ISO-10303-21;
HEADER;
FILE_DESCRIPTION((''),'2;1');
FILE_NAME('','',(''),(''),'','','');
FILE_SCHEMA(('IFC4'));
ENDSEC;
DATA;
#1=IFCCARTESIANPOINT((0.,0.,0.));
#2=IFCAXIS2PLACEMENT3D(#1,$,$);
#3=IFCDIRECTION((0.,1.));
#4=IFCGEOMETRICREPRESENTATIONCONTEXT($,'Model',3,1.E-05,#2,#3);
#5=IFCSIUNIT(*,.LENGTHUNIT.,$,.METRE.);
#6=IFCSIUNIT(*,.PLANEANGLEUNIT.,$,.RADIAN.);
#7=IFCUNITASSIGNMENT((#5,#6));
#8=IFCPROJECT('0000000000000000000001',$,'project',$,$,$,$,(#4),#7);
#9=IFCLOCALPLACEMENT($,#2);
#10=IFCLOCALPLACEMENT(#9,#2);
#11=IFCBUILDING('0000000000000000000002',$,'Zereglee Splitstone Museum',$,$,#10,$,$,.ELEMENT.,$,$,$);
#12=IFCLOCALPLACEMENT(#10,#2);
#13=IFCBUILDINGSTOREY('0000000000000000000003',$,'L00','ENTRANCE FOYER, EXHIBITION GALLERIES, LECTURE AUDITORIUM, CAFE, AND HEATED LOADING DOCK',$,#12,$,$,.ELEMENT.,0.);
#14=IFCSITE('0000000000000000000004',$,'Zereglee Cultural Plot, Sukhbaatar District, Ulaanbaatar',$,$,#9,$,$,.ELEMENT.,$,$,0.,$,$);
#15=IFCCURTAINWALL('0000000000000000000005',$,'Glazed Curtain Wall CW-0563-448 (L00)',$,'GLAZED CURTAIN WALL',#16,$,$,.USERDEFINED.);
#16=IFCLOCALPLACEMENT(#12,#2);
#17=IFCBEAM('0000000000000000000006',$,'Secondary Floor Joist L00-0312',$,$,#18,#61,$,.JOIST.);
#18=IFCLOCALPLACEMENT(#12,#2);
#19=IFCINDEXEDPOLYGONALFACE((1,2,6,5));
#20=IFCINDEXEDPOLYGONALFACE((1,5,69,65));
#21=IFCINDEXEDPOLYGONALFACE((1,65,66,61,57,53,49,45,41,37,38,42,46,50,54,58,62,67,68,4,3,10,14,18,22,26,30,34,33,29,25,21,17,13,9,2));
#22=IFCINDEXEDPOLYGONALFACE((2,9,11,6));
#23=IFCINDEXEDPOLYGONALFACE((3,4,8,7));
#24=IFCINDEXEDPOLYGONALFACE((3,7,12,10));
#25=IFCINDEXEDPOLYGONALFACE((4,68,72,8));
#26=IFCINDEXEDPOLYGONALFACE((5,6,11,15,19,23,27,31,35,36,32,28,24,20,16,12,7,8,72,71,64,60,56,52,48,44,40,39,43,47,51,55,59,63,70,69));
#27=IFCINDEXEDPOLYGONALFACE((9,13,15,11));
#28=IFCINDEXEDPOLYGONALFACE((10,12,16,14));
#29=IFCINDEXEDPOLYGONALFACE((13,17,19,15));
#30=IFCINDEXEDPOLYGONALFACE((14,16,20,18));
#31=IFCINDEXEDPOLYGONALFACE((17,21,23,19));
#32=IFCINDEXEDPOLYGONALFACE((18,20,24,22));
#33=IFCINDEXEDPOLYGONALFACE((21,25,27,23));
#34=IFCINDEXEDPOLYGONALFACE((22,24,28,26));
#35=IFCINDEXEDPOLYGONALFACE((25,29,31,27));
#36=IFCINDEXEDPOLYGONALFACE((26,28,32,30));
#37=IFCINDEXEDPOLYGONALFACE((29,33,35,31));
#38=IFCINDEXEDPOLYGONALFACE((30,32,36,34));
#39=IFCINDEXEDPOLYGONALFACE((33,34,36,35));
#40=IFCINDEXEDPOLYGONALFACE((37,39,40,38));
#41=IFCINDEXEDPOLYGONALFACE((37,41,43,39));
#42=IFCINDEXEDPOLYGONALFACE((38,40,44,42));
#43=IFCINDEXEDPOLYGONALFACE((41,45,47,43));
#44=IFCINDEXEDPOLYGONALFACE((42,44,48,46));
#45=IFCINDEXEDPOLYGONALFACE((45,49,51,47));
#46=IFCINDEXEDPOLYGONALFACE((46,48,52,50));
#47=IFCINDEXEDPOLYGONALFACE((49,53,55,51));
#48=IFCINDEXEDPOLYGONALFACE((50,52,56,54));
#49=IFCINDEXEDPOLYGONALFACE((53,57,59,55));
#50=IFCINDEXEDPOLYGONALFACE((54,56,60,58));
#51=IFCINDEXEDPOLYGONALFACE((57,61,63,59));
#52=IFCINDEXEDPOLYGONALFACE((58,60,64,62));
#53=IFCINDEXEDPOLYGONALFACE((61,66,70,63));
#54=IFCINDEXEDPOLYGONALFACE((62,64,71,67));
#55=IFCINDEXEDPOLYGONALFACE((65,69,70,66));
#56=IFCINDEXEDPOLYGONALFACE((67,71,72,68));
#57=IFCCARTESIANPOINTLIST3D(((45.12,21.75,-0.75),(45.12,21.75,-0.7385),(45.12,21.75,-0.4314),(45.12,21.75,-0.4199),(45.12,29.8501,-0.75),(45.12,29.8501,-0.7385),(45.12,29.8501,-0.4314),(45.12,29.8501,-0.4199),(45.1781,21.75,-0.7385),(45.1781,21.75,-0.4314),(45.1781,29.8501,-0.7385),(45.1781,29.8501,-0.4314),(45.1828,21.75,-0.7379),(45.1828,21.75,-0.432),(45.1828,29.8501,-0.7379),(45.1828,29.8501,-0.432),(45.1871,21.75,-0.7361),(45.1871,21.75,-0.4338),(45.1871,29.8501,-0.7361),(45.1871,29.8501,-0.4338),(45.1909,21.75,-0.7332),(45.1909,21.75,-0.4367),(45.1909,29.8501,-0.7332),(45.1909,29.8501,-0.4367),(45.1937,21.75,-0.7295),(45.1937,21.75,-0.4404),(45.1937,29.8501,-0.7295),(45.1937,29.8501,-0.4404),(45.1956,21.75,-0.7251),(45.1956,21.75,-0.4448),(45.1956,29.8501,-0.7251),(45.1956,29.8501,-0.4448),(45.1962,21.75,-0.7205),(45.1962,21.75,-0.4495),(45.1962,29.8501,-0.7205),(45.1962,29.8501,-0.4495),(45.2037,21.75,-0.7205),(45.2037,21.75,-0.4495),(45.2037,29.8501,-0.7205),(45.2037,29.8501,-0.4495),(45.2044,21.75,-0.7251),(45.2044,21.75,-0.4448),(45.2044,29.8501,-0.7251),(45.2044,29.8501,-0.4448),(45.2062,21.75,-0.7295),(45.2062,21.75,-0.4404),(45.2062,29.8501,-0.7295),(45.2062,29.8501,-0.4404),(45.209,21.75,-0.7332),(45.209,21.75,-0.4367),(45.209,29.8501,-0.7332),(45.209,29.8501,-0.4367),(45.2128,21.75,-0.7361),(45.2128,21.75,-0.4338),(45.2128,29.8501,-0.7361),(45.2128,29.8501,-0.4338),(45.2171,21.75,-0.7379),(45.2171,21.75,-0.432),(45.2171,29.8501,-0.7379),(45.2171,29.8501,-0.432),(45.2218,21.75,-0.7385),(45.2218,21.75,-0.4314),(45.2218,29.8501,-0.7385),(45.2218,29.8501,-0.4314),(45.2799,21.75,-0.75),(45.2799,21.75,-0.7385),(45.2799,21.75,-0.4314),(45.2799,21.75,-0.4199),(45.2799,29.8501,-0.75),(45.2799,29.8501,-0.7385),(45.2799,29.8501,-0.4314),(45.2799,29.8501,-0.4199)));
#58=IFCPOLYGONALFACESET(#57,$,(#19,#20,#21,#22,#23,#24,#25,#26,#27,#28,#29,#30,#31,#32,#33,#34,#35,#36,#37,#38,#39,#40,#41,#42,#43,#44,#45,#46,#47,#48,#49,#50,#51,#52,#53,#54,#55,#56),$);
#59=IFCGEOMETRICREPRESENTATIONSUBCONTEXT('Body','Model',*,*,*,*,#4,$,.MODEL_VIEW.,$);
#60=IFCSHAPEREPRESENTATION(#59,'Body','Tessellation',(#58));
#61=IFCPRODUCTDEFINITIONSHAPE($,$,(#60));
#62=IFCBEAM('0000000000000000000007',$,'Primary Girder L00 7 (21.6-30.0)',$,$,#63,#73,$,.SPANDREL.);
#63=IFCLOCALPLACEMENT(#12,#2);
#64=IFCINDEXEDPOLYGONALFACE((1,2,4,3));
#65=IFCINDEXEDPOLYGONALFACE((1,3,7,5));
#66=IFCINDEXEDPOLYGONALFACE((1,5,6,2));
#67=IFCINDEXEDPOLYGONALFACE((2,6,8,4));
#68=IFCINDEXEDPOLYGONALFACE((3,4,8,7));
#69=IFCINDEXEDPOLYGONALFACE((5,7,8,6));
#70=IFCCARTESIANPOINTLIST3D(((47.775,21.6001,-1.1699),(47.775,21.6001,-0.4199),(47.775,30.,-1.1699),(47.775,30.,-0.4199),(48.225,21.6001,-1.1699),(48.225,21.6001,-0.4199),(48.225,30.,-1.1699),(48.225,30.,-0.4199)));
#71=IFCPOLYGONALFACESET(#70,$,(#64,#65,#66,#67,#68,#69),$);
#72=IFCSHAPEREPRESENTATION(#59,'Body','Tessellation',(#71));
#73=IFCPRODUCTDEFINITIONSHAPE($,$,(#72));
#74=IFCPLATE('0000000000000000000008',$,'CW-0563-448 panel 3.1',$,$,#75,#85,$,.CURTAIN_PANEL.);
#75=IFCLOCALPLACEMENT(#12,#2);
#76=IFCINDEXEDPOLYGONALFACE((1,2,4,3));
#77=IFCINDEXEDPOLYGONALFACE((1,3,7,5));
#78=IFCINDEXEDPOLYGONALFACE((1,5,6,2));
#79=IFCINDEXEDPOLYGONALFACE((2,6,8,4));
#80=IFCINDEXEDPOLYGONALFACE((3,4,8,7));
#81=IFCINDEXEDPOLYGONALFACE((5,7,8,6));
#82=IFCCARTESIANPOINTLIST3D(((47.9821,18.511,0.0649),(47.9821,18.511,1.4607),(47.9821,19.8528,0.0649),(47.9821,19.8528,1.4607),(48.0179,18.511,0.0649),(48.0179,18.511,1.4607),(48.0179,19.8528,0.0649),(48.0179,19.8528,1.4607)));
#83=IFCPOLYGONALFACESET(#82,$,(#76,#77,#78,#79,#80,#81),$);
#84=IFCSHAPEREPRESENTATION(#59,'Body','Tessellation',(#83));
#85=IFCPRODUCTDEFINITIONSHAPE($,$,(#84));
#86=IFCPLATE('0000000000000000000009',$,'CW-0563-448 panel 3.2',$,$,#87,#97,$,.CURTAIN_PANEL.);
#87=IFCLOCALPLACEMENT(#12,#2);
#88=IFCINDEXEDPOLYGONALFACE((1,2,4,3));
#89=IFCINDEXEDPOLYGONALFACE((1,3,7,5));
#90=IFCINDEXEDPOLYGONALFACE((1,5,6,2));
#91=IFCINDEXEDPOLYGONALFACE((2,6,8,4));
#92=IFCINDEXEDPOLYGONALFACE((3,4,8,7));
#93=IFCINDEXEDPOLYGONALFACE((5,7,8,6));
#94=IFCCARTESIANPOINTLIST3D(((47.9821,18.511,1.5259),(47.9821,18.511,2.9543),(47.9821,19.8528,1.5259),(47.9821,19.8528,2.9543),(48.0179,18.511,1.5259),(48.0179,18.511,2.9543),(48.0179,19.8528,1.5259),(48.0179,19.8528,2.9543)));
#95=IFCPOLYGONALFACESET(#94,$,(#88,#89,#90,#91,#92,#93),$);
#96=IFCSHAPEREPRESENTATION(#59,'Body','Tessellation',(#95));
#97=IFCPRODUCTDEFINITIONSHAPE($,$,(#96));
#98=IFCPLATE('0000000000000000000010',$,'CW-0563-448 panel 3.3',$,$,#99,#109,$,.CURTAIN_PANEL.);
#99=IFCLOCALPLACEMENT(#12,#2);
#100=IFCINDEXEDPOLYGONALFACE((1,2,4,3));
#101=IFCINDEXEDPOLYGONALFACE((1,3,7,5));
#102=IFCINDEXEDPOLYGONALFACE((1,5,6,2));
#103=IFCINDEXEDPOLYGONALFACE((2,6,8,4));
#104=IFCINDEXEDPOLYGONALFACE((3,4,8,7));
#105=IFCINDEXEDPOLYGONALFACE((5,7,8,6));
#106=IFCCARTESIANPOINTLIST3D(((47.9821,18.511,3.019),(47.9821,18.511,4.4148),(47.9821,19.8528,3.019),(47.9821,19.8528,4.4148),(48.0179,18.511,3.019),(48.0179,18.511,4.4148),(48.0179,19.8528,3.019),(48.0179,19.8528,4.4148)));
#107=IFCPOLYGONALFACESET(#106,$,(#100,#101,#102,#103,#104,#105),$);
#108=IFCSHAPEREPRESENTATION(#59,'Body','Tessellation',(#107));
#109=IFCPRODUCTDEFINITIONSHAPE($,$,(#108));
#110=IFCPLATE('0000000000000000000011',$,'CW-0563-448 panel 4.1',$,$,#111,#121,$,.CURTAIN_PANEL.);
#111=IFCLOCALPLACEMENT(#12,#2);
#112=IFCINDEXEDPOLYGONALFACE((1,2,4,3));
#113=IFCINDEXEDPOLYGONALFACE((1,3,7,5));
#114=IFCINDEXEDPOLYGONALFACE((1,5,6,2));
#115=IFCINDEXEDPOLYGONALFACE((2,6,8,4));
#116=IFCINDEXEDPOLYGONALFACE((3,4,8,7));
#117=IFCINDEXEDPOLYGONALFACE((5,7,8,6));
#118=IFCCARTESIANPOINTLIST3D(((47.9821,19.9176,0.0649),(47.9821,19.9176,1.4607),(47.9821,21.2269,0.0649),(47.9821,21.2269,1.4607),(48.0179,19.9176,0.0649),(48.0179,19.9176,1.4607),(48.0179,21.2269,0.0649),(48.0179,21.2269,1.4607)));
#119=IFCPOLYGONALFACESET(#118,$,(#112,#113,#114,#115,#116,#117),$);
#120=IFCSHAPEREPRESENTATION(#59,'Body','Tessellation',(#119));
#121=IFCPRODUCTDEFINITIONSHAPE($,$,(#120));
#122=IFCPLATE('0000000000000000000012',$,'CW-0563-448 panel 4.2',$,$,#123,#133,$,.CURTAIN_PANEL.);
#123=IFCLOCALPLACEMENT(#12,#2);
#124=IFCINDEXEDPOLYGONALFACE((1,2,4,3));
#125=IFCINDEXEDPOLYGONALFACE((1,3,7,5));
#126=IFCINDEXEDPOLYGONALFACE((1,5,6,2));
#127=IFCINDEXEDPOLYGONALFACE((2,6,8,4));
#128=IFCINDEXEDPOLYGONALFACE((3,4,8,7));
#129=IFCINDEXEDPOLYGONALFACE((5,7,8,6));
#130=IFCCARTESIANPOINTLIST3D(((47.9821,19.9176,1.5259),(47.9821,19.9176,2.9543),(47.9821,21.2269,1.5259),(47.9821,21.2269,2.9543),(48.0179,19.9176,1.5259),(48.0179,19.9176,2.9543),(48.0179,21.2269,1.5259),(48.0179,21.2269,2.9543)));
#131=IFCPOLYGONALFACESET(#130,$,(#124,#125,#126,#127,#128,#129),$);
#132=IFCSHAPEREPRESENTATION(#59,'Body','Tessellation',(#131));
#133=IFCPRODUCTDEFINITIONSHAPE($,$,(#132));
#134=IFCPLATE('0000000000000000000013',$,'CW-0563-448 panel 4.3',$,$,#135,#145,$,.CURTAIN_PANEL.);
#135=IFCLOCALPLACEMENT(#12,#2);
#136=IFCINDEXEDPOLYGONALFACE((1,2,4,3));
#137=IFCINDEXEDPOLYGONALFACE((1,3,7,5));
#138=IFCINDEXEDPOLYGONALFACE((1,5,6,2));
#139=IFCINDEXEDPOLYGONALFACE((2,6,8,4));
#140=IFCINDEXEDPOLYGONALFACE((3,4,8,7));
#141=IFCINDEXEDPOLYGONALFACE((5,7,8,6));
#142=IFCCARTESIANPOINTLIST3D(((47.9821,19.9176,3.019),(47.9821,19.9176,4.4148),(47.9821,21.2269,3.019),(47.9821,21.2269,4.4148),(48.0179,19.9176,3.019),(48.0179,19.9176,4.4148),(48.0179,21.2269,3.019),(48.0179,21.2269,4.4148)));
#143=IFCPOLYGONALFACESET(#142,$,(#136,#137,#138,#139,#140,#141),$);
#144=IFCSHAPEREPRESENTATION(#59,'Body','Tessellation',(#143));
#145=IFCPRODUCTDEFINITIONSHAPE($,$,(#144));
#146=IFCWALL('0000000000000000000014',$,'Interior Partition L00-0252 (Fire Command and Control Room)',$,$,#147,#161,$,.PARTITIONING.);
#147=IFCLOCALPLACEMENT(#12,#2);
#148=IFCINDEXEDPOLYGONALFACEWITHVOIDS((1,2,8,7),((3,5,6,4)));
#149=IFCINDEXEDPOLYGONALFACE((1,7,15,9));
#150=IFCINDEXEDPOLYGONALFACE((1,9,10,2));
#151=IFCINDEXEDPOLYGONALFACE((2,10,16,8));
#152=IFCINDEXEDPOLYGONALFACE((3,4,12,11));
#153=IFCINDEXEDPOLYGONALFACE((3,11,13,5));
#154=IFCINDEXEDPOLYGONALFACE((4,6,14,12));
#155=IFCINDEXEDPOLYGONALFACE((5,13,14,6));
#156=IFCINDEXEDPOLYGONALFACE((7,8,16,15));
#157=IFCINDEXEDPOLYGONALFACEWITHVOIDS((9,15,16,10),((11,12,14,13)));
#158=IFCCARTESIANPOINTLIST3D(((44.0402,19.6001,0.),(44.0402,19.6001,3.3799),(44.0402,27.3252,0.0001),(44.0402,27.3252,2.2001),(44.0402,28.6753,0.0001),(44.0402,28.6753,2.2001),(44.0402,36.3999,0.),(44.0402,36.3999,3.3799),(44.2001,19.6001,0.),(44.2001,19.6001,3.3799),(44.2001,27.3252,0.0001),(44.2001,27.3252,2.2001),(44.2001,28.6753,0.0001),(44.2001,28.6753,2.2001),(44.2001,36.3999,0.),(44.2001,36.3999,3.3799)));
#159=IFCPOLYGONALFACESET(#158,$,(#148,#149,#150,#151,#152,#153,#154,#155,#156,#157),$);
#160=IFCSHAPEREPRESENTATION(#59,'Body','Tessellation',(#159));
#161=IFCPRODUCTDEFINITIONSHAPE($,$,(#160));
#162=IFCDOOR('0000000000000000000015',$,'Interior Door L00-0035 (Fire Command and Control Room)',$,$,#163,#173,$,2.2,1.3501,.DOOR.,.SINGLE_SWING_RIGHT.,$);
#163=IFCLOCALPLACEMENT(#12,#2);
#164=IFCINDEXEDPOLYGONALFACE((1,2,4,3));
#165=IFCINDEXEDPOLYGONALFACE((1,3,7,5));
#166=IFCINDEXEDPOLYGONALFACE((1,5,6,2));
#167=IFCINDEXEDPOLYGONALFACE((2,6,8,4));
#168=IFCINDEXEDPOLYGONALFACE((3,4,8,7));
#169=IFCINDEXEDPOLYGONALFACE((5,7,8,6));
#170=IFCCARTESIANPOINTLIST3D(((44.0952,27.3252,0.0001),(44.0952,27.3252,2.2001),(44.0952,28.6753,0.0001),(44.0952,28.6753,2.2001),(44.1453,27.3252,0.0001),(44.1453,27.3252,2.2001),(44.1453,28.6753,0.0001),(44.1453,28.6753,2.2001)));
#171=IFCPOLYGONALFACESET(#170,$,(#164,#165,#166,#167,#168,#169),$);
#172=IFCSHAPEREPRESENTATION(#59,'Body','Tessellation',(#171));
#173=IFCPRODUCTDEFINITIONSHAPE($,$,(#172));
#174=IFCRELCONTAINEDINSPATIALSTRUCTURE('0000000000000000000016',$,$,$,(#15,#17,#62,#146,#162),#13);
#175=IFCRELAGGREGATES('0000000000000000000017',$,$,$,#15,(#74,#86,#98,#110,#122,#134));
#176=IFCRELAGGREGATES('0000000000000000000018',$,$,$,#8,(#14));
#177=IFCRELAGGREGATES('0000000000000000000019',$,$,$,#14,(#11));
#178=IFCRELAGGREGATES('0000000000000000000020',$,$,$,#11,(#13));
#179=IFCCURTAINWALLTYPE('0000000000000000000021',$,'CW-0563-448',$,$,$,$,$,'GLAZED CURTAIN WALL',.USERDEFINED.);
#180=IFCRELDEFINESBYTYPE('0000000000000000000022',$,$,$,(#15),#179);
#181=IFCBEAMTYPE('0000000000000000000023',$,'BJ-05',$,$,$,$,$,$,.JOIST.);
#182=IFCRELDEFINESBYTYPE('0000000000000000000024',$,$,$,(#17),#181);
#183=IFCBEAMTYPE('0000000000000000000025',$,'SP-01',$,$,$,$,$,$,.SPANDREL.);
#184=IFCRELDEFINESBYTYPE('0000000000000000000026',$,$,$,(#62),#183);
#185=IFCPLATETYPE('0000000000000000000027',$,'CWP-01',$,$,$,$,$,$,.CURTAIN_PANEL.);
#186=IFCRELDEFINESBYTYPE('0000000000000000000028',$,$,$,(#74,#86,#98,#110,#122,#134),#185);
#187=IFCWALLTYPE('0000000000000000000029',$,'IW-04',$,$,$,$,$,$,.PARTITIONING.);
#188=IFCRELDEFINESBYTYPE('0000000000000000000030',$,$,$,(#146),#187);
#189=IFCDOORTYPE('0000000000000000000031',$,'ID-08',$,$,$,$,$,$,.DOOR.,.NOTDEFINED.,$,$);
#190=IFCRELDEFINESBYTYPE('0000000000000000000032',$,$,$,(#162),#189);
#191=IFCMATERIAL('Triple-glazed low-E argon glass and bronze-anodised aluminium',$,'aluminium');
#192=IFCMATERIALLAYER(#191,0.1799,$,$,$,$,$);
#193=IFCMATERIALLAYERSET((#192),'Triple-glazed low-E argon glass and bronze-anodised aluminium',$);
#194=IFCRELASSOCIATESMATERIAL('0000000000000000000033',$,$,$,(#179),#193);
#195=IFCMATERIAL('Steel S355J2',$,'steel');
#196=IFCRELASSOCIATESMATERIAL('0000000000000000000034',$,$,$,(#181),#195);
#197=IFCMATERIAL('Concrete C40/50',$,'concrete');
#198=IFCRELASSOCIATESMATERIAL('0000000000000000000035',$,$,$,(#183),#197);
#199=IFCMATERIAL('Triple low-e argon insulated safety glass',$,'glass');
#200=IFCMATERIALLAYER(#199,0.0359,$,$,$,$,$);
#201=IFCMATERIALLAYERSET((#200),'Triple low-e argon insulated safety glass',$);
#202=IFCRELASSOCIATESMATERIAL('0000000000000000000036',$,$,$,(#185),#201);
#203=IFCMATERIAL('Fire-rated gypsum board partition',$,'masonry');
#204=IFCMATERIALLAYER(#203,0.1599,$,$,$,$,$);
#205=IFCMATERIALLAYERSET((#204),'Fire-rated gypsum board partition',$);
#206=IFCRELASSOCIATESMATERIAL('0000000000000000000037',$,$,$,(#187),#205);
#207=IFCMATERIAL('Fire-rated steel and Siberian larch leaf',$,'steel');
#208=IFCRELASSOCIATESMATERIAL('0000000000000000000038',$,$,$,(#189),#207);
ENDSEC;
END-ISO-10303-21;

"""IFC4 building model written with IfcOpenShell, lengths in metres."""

from ifc_helpers import new_model, si_unit, direction, frame, frame_2d, origin, origin_2d, place, context, subcontext, project, spatial, rectangle, i_section, extrude, material, layer, layer_set, material_profile, profile_set, type_object, element, fill, aggregate, save


model = new_model("IFC4")

# Units and contexts
model_context = context("Model", 3, precision=1e-05, world=origin(), true_north=direction((0.0, 1.0)))
body_context = subcontext(model_context, "Body", "Model", "MODEL_VIEW")
ifc_project = project(units=[si_unit("LENGTHUNIT", "METRE"), si_unit("PLANEANGLEUNIT", "RADIAN")], contexts=[model_context])

# Site, building, storey
site_placement = place(None, origin())
site = spatial("IfcSite", under=ifc_project, at=site_placement, Name="Zereglee Cultural Plot, Sukhbaatar District, Ulaanbaatar", CompositionType="ELEMENT", RefElevation=0.0)
building_placement = place(site_placement, origin())
building = spatial("IfcBuilding", under=site, at=building_placement, Name="Zereglee Splitstone Museum", CompositionType="ELEMENT")
storey_placement = place(building_placement, origin())
storey = spatial("IfcBuildingStorey", under=building, at=storey_placement, Name="L00", Description="ENTRANCE FOYER, EXHIBITION GALLERIES, LECTURE AUDITORIUM, CAFE, AND HEATED LOADING DOCK", CompositionType="ELEMENT", Elevation=0.0)

# Curtain wall
ifc_material_1 = material(Name="Triple-glazed low-E argon glass and bronze-anodised aluminium", Category="aluminium")
ifc_layer_1 = layer(ifc_material_1, 0.1799)
ifc_layer_set_1 = layer_set([ifc_layer_1], Name="Triple-glazed low-E argon glass and bronze-anodised aluminium")
curtain_wall_type_1 = type_object("IfcCurtainWallType", Name="CW-0563-448", ElementType="GLAZED CURTAIN WALL", PredefinedType="USERDEFINED", material=ifc_layer_set_1)
curtain_wall_1_placement = place(storey_placement, origin())
curtain_wall_1 = element("IfcCurtainWall", 1, at=curtain_wall_1_placement, inside=storey, type_object=curtain_wall_type_1, Name="Glazed Curtain Wall CW-0563-448 (L00)", ObjectType="GLAZED CURTAIN WALL", PredefinedType="USERDEFINED")

# Beams
ifc_material_2 = material(Name="Steel S355J2", Category="steel")
ifc_material_profile_1 = material_profile(ifc_material_2, i_section(OverallWidth=0.1599, OverallDepth=0.3301, WebThickness=0.0076, FlangeThickness=0.0115, FilletRadius=0.0181, at=origin_2d()), Name="IPE 330")
ifc_profile_set_1 = profile_set([ifc_material_profile_1], Name="Steel S355J2")
beam_type_1 = type_object("IfcBeamType", Name="BJ-05", PredefinedType="JOIST", material=ifc_profile_set_1)
beam_1_placement = place(storey_placement, frame((45.2, 21.75, -0.585), z_axis=(0.0, 1.0, 0.0), x_axis=(-1.0, 0.0, 0.0)))
element("IfcBeam", 2, at=beam_1_placement, inside=storey, type_object=beam_type_1, Name="Secondary Floor Joist L00-0312", PredefinedType="JOIST", context=body_context, shape_type="SweptSolid", body=[
    extrude(i_section(OverallWidth=0.1599, OverallDepth=0.3301, WebThickness=0.0076, FlangeThickness=0.0115, FilletRadius=0.0181, at=origin_2d()), origin(), (0.0, 0.0, 1.0), 8.1001),
])
ifc_material_3 = material(Name="Concrete C40/50", Category="concrete")
ifc_material_profile_2 = material_profile(ifc_material_3, rectangle(XDim=0.45, YDim=0.75, at=origin_2d()), Name="RC 450x750")
ifc_profile_set_2 = profile_set([ifc_material_profile_2], Name="Concrete C40/50")
beam_type_2 = type_object("IfcBeamType", Name="SP-01", PredefinedType="SPANDREL", material=ifc_profile_set_2)
beam_2_placement = place(storey_placement, frame((48.0, 21.6001, -0.7949), z_axis=(0.0, 1.0, 0.0), x_axis=(-1.0, 0.0, 0.0)))
element("IfcBeam", 3, at=beam_2_placement, inside=storey, type_object=beam_type_2, Name="Primary Girder L00 7 (21.6-30.0)", PredefinedType="SPANDREL", context=body_context, shape_type="SweptSolid", body=[
    extrude(rectangle(XDim=0.45, YDim=0.75, at=origin_2d()), origin(), (0.0, 0.0, 1.0), 8.3999),
])

# Plates
ifc_material_4 = material(Name="Triple low-e argon insulated safety glass", Category="glass")
ifc_layer_2 = layer(ifc_material_4, 0.0359)
ifc_layer_set_2 = layer_set([ifc_layer_2], Name="Triple low-e argon insulated safety glass")
plate_type = type_object("IfcPlateType", Name="CWP-01", PredefinedType="CURTAIN_PANEL", material=ifc_layer_set_2)
plate_1_placement = place(storey_placement, frame((48.0, 19.1819, 0.0649), z_axis=(0.0, 0.0, 1.0), x_axis=(0.0, 1.0, 0.0)))
plate_1 = element("IfcPlate", 4, at=plate_1_placement, type_object=plate_type, Name="CW-0563-448 panel 3.1", PredefinedType="CURTAIN_PANEL", context=body_context, shape_type="SweptSolid", body=[
    extrude(rectangle(XDim=1.3418, YDim=0.0359, at=origin_2d()), origin(), (0.0, 0.0, 1.0), 1.3958),
])
plate_2_placement = place(storey_placement, frame((48.0, 19.1819, 1.5259), z_axis=(0.0, 0.0, 1.0), x_axis=(0.0, 1.0, 0.0)))
plate_2 = element("IfcPlate", 5, at=plate_2_placement, type_object=plate_type, Name="CW-0563-448 panel 3.2", PredefinedType="CURTAIN_PANEL", context=body_context, shape_type="SweptSolid", body=[
    extrude(rectangle(XDim=1.3418, YDim=0.0359, at=origin_2d()), origin(), (0.0, 0.0, 1.0), 1.4285),
])
plate_3_placement = place(storey_placement, frame((48.0, 19.1819, 3.019), z_axis=(0.0, 0.0, 1.0), x_axis=(0.0, 1.0, 0.0)))
plate_3 = element("IfcPlate", 6, at=plate_3_placement, type_object=plate_type, Name="CW-0563-448 panel 3.3", PredefinedType="CURTAIN_PANEL", context=body_context, shape_type="SweptSolid", body=[
    extrude(rectangle(XDim=1.3418, YDim=0.0359, at=origin_2d()), origin(), (0.0, 0.0, 1.0), 1.3958),
])
plate_4_placement = place(storey_placement, frame((48.0, 20.5723, 0.0649), z_axis=(0.0, 0.0, 1.0), x_axis=(0.0, 1.0, 0.0)))
plate_4 = element("IfcPlate", 7, at=plate_4_placement, type_object=plate_type, Name="CW-0563-448 panel 4.1", PredefinedType="CURTAIN_PANEL", context=body_context, shape_type="SweptSolid", body=[
    extrude(rectangle(XDim=1.3093, YDim=0.0359, at=origin_2d()), origin(), (0.0, 0.0, 1.0), 1.3958),
])
plate_5_placement = place(storey_placement, frame((48.0, 20.5723, 1.5259), z_axis=(0.0, 0.0, 1.0), x_axis=(0.0, 1.0, 0.0)))
plate_5 = element("IfcPlate", 8, at=plate_5_placement, type_object=plate_type, Name="CW-0563-448 panel 4.2", PredefinedType="CURTAIN_PANEL", context=body_context, shape_type="SweptSolid", body=[
    extrude(rectangle(XDim=1.3093, YDim=0.0359, at=origin_2d()), origin(), (0.0, 0.0, 1.0), 1.4285),
])
plate_6_placement = place(storey_placement, frame((48.0, 20.5723, 3.019), z_axis=(0.0, 0.0, 1.0), x_axis=(0.0, 1.0, 0.0)))
plate_6 = element("IfcPlate", 9, at=plate_6_placement, type_object=plate_type, Name="CW-0563-448 panel 4.3", PredefinedType="CURTAIN_PANEL", context=body_context, shape_type="SweptSolid", body=[
    extrude(rectangle(XDim=1.3093, YDim=0.0359, at=origin_2d()), origin(), (0.0, 0.0, 1.0), 1.3958),
])
aggregate(curtain_wall_1, [plate_1, plate_2, plate_3, plate_4, plate_5, plate_6])

# Wall, opening, door
ifc_material_5 = material(Name="Fire-rated gypsum board partition", Category="masonry")
ifc_layer_3 = layer(ifc_material_5, 0.1599)
ifc_layer_set_3 = layer_set([ifc_layer_3], Name="Fire-rated gypsum board partition")
wall_type = type_object("IfcWallType", Name="IW-04", PredefinedType="PARTITIONING", material=ifc_layer_set_3)
wall_placement = place(storey_placement, frame((44.1201, 19.6001, 0.0), z_axis=(0.0, 0.0, 1.0), x_axis=(0.0, 1.0, 0.0)))
wall = element("IfcWall", 10, at=wall_placement, inside=storey, type_object=wall_type, Name="Interior Partition L00-0252 (Fire Command and Control Room)", PredefinedType="PARTITIONING", context=body_context, shape_type="SweptSolid", body=[
    extrude(rectangle(XDim=16.7998, YDim=0.1599, at=frame_2d((8.3999, 0.0))), origin(), (0.0, 0.0, 1.0), 3.3799),
])
opening_placement = place(wall_placement, frame((7.7251, 0.0, 0.0)))
opening = element("IfcOpeningElement", 11, at=opening_placement, cuts=wall, PredefinedType="OPENING", context=body_context, shape_type="SweptSolid", body=[
    extrude(rectangle(XDim=1.3501, YDim=2.2, at=frame_2d((0.675, 1.1001))), frame((0.0, 0.0947, 0.0), z_axis=(0.0, -1.0, 0.0), x_axis=(1.0, 0.0, 0.0)), (0.0, 0.0, 1.0), 0.1897),
])
ifc_material_6 = material(Name="Fire-rated steel and Siberian larch leaf", Category="steel")
door_type = type_object("IfcDoorType", Name="ID-08", OperationType="NOTDEFINED", PredefinedType="DOOR", material=ifc_material_6)
door_placement = place(opening_placement, origin())
door = element("IfcDoor", 12, at=door_placement, inside=storey, type_object=door_type, Name="Interior Door L00-0035 (Fire Command and Control Room)", OperationType="SINGLE_SWING_RIGHT", OverallHeight=2.2, OverallWidth=1.3501, PredefinedType="DOOR", context=body_context, shape_type="SweptSolid", body=[
    extrude(rectangle(XDim=1.3501, YDim=2.2, at=frame_2d((0.675, 1.1001))), frame((0.0, 0.0249, 0.0), z_axis=(0.0, -1.0, 0.0), x_axis=(1.0, 0.0, 0.0)), (0.0, 0.0, 1.0), 0.05),
])
fill(opening, door)

save(model, "model.ifc")
